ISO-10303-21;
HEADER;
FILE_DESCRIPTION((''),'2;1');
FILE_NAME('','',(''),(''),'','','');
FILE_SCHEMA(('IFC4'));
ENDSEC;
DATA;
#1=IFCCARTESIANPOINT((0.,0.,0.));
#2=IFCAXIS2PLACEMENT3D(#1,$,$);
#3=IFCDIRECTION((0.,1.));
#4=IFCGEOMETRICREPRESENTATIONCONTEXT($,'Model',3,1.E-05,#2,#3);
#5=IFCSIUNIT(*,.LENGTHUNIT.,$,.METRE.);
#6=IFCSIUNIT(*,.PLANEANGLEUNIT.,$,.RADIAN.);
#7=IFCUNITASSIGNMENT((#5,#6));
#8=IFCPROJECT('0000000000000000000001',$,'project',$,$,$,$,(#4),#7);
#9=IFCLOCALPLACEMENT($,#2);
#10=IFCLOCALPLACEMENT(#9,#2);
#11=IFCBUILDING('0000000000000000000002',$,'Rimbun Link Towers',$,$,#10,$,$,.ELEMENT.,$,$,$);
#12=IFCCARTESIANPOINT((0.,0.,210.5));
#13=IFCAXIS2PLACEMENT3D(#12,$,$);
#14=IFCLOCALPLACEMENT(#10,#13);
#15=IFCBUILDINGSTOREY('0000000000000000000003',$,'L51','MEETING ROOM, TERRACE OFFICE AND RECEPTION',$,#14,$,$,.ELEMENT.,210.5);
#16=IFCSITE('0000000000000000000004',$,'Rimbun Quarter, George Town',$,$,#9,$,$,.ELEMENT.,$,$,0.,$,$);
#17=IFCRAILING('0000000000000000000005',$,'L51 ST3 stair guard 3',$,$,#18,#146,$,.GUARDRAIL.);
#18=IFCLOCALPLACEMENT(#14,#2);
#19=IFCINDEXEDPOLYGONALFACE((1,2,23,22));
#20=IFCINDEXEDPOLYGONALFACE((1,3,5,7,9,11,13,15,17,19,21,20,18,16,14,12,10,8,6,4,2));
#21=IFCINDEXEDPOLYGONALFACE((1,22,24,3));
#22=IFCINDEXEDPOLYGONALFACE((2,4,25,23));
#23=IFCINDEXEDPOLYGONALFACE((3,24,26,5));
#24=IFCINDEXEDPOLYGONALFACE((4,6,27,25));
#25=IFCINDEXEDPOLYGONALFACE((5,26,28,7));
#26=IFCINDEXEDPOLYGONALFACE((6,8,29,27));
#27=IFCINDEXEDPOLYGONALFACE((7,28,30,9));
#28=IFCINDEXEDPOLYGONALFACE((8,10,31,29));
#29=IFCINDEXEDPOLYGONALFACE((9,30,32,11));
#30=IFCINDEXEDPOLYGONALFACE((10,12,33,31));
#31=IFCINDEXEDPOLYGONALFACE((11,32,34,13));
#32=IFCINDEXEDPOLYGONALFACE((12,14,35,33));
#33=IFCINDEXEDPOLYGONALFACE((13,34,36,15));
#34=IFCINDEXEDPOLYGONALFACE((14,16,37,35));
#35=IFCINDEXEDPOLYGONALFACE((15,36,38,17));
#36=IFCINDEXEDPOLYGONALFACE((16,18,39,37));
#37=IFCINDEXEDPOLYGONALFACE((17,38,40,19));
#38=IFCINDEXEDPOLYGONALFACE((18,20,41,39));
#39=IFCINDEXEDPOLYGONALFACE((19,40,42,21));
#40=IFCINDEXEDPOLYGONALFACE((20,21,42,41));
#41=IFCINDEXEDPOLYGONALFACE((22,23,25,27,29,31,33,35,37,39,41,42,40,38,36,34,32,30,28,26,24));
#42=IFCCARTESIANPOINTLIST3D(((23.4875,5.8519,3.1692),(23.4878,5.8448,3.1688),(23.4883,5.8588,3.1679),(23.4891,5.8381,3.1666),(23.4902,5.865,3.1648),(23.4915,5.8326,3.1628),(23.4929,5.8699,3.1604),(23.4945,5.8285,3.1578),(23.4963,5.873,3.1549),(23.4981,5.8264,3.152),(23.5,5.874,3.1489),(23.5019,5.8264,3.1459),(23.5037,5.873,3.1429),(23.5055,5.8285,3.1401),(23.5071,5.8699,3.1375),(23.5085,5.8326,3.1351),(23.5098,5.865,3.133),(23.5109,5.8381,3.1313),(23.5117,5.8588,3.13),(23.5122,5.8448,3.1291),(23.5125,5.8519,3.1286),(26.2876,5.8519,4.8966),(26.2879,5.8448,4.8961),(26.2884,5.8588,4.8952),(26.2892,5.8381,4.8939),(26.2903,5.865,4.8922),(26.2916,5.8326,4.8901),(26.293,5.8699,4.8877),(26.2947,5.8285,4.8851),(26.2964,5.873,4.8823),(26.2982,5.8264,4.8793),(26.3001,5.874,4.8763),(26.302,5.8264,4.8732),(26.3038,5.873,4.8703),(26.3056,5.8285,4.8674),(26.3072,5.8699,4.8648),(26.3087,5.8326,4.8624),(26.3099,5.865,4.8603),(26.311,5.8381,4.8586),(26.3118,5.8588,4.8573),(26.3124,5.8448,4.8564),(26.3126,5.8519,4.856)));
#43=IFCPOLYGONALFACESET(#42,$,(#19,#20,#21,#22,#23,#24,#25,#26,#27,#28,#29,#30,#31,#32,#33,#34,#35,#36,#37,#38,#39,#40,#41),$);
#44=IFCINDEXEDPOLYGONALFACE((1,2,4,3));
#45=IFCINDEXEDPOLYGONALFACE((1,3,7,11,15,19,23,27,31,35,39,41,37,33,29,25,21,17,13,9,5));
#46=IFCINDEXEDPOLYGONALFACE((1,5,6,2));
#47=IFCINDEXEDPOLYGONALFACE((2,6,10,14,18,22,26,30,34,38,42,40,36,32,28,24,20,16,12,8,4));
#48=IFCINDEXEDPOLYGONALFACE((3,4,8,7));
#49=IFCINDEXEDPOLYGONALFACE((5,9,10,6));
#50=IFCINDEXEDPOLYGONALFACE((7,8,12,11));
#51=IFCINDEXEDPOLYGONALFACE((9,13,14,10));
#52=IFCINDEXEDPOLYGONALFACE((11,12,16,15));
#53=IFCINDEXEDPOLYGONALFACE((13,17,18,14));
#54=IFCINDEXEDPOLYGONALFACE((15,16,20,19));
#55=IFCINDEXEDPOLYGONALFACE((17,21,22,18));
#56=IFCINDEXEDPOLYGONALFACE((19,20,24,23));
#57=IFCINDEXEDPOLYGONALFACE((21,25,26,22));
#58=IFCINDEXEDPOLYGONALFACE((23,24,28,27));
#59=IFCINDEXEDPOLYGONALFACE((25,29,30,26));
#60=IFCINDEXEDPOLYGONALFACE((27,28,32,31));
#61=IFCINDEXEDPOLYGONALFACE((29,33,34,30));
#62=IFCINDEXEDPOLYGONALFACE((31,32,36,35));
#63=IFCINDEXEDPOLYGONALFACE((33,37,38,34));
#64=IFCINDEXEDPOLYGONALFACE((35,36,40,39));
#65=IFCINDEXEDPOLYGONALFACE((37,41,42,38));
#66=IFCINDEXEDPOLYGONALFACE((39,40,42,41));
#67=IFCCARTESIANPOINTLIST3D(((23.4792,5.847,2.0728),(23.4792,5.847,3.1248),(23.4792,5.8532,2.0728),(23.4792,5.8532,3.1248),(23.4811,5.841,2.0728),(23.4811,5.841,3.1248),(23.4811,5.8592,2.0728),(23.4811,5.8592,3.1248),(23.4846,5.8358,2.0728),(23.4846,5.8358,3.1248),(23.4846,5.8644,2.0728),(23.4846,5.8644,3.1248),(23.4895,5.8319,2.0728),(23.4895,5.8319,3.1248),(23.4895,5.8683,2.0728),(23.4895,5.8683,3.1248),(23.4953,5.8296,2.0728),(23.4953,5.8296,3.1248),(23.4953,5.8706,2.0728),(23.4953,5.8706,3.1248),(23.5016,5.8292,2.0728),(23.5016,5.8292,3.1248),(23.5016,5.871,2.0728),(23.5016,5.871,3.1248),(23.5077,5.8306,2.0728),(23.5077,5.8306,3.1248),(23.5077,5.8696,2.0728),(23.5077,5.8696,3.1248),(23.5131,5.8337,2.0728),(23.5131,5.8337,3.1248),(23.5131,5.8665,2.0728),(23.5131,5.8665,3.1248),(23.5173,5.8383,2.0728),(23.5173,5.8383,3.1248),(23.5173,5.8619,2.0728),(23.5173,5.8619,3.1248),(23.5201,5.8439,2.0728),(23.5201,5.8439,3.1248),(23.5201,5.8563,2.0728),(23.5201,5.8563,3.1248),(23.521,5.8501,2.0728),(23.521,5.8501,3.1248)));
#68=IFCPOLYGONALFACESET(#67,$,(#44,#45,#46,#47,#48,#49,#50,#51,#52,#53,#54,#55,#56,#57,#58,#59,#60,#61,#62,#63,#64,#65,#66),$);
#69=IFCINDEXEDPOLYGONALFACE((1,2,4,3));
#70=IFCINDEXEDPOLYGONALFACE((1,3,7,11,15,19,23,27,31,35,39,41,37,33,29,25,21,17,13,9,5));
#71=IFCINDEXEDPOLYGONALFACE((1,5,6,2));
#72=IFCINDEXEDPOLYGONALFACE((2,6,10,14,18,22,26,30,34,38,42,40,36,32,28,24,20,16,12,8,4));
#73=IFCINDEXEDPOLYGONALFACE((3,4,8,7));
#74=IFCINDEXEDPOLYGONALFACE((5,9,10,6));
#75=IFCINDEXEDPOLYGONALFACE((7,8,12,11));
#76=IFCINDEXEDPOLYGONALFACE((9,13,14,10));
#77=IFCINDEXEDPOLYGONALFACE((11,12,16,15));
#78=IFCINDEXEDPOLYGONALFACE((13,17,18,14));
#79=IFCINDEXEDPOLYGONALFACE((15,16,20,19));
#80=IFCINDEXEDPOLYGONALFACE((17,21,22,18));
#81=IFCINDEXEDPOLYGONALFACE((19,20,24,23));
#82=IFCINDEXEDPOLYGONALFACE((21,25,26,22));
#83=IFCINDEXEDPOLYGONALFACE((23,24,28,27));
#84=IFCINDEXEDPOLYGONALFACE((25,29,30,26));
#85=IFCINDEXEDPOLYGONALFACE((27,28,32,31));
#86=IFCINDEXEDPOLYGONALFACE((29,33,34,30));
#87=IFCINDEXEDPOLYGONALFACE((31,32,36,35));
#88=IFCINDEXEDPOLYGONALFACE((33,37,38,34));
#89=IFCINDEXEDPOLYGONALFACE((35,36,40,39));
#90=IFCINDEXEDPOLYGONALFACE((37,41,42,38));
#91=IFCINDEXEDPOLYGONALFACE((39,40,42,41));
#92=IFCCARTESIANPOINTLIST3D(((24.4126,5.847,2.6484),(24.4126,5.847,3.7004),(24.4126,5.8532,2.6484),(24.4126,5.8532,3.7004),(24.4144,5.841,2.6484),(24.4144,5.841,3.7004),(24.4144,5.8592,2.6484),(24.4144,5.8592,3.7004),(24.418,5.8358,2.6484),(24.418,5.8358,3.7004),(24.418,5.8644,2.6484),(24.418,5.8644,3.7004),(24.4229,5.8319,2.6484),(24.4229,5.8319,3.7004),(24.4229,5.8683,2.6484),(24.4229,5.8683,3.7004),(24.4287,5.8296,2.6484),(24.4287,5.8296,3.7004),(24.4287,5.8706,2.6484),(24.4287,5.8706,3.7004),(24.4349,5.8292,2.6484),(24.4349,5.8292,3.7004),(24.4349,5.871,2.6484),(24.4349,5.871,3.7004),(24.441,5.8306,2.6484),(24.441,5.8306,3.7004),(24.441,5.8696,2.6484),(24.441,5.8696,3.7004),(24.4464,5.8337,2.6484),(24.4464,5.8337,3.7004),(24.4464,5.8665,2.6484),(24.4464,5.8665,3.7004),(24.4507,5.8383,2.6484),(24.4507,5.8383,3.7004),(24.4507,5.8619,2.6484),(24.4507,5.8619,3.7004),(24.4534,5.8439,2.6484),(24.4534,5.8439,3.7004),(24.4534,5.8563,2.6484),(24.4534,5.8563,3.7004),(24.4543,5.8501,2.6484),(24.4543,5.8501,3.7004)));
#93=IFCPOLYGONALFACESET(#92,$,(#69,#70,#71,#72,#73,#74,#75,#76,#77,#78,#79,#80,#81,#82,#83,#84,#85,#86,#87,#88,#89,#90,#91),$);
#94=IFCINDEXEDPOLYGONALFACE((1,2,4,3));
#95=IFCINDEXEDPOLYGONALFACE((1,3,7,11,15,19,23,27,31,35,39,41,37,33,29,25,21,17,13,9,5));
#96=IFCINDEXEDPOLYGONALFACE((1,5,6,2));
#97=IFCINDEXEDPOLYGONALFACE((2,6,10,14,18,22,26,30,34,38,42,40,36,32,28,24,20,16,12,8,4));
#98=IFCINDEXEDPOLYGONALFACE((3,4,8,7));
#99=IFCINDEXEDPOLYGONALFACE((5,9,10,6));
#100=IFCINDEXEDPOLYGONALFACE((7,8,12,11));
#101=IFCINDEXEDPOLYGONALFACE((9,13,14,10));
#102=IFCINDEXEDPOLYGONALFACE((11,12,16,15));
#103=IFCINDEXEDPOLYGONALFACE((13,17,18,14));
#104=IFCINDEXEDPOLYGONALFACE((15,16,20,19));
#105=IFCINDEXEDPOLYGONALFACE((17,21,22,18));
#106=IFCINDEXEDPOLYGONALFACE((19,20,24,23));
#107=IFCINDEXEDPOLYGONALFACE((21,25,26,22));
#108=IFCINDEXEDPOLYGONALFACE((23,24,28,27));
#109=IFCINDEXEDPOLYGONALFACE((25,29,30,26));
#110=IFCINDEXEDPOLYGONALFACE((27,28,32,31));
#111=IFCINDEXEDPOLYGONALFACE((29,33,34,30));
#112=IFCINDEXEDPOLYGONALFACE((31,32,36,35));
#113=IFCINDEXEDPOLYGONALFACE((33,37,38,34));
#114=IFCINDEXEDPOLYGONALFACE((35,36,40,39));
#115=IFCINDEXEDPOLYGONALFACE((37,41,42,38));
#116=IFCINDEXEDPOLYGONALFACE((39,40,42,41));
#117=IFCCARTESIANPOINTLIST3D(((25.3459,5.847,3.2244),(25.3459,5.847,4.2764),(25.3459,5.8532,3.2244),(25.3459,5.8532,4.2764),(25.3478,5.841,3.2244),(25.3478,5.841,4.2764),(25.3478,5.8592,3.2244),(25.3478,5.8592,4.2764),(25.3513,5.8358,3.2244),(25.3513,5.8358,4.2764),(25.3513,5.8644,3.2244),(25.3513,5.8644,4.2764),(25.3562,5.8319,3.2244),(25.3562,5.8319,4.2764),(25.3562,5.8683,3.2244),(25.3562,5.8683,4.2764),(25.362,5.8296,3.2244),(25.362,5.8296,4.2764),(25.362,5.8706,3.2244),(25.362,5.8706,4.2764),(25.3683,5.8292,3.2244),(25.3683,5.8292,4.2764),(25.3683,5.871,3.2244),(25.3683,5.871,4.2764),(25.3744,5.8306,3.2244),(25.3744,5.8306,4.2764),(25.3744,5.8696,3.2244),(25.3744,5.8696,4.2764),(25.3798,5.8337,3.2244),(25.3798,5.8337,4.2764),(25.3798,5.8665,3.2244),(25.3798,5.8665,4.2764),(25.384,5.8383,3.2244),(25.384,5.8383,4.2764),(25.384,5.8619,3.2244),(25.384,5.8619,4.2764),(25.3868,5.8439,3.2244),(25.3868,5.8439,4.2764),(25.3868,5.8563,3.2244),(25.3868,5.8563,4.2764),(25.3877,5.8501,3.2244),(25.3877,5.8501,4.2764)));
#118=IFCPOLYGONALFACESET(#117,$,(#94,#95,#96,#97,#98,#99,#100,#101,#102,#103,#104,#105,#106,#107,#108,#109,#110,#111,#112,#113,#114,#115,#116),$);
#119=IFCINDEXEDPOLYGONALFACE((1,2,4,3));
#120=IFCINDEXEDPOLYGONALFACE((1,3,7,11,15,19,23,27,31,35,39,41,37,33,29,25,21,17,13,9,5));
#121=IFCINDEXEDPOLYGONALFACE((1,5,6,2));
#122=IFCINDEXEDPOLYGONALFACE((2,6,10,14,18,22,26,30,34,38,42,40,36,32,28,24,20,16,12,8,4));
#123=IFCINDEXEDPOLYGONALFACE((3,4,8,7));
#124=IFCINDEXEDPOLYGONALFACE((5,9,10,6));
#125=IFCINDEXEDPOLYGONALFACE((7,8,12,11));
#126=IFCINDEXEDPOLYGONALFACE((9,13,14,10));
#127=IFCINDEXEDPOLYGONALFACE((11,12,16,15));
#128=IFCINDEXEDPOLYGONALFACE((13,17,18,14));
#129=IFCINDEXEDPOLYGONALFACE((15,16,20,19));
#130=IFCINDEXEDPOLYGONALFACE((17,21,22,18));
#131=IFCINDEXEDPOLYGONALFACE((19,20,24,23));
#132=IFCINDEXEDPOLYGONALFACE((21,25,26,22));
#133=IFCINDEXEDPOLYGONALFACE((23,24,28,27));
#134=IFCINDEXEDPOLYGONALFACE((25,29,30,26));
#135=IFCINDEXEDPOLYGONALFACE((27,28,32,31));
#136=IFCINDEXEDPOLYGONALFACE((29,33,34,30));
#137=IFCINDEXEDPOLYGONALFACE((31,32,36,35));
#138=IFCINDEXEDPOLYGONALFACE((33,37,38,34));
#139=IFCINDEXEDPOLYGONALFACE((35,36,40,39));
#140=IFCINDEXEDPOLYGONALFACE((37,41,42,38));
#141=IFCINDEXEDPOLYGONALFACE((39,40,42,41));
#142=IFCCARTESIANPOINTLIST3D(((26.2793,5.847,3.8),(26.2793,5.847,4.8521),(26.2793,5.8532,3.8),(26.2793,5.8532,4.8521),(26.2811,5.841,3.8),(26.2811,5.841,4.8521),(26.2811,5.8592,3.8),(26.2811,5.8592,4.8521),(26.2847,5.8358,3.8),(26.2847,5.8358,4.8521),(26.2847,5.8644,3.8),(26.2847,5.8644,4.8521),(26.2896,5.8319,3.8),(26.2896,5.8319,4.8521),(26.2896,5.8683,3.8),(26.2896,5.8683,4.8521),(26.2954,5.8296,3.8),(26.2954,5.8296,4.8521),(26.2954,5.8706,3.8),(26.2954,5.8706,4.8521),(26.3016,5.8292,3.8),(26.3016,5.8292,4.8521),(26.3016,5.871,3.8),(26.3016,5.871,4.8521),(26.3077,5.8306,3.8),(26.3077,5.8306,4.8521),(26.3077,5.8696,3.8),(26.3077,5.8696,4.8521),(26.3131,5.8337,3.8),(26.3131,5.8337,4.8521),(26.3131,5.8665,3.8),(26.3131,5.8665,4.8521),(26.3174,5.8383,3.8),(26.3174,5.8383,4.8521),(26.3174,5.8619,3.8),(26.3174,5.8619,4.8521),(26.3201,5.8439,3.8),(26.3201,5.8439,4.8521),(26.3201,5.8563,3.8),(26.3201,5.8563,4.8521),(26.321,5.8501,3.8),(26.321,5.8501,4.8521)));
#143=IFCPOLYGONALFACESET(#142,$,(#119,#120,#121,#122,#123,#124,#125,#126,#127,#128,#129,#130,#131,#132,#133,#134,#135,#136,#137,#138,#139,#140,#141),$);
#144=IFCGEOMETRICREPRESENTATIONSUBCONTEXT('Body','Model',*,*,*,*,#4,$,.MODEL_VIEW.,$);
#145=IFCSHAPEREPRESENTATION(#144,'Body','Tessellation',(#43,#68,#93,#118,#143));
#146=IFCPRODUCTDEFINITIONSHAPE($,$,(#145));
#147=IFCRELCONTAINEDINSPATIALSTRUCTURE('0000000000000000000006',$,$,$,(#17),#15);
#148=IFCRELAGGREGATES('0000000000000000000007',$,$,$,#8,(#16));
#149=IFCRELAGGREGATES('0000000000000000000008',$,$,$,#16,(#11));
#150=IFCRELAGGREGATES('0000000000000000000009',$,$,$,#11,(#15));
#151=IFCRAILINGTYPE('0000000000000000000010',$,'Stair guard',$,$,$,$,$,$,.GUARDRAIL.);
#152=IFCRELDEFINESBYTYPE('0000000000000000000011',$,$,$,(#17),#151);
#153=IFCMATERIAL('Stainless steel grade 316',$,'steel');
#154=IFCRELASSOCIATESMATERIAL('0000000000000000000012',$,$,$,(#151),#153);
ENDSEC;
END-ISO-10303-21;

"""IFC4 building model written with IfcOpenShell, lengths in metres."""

from ifc_helpers import new_model, si_unit, direction, frame, origin, origin_2d, place, context, subcontext, project, spatial, circle, extrude, material, type_object, element, save


model = new_model("IFC4")

# Units and contexts
model_context = context("Model", 3, precision=1e-05, world=origin(), true_north=direction((0.0, 1.0)))
body_context = subcontext(model_context, "Body", "Model", "MODEL_VIEW")
ifc_project = project(units=[si_unit("LENGTHUNIT", "METRE"), si_unit("PLANEANGLEUNIT", "RADIAN")], contexts=[model_context])

# Site, building, storey
site_placement = place(None, origin())
site = spatial("IfcSite", under=ifc_project, at=site_placement, Name="Rimbun Quarter, George Town", CompositionType="ELEMENT", RefElevation=0.0)
building_placement = place(site_placement, origin())
building = spatial("IfcBuilding", under=site, at=building_placement, Name="Rimbun Link Towers", CompositionType="ELEMENT")
storey_placement = place(building_placement, frame((0.0, 0.0, 210.5)))
storey = spatial("IfcBuildingStorey", under=building, at=storey_placement, Name="L51", Description="MEETING ROOM, TERRACE OFFICE AND RECEPTION", CompositionType="ELEMENT", Elevation=210.5)

# Railing
ifc_material_1 = material(Name="Stainless steel grade 316", Category="steel")
railing_type_1 = type_object("IfcRailingType", Name="Stair guard", PredefinedType="GUARDRAIL", material=ifc_material_1)
railing_1_placement = place(storey_placement, frame((23.5, 5.8501, 2.0728)))
element("IfcRailing", 1, at=railing_1_placement, inside=storey, type_object=railing_type_1, Name="L51 ST3 stair guard 3", PredefinedType="GUARDRAIL", context=body_context, shape_type="SweptSolid", body=[
    extrude(circle(Radius=0.0239, at=origin_2d()), frame((0.0, 0.0, 1.0762), z_axis=(0.85109, 0.0, 0.52502), x_axis=(0.0, 1.0, 0.0)), (0.0, 0.0, 1.0), 3.29),
    extrude(circle(Radius=0.021, at=origin_2d()), origin(), (0.0, 0.0, 1.0), 1.052),
    extrude(circle(Radius=0.021, at=origin_2d()), frame((0.9333, 0.0, 0.5757)), (0.0, 0.0, 1.0), 1.052),
    extrude(circle(Radius=0.021, at=origin_2d()), frame((1.8667, 0.0, 1.1516)), (0.0, 0.0, 1.0), 1.052),
    extrude(circle(Radius=0.021, at=origin_2d()), frame((2.8, 0.0, 1.7273)), (0.0, 0.0, 1.0), 1.052),
])

save(model, "model.ifc")
